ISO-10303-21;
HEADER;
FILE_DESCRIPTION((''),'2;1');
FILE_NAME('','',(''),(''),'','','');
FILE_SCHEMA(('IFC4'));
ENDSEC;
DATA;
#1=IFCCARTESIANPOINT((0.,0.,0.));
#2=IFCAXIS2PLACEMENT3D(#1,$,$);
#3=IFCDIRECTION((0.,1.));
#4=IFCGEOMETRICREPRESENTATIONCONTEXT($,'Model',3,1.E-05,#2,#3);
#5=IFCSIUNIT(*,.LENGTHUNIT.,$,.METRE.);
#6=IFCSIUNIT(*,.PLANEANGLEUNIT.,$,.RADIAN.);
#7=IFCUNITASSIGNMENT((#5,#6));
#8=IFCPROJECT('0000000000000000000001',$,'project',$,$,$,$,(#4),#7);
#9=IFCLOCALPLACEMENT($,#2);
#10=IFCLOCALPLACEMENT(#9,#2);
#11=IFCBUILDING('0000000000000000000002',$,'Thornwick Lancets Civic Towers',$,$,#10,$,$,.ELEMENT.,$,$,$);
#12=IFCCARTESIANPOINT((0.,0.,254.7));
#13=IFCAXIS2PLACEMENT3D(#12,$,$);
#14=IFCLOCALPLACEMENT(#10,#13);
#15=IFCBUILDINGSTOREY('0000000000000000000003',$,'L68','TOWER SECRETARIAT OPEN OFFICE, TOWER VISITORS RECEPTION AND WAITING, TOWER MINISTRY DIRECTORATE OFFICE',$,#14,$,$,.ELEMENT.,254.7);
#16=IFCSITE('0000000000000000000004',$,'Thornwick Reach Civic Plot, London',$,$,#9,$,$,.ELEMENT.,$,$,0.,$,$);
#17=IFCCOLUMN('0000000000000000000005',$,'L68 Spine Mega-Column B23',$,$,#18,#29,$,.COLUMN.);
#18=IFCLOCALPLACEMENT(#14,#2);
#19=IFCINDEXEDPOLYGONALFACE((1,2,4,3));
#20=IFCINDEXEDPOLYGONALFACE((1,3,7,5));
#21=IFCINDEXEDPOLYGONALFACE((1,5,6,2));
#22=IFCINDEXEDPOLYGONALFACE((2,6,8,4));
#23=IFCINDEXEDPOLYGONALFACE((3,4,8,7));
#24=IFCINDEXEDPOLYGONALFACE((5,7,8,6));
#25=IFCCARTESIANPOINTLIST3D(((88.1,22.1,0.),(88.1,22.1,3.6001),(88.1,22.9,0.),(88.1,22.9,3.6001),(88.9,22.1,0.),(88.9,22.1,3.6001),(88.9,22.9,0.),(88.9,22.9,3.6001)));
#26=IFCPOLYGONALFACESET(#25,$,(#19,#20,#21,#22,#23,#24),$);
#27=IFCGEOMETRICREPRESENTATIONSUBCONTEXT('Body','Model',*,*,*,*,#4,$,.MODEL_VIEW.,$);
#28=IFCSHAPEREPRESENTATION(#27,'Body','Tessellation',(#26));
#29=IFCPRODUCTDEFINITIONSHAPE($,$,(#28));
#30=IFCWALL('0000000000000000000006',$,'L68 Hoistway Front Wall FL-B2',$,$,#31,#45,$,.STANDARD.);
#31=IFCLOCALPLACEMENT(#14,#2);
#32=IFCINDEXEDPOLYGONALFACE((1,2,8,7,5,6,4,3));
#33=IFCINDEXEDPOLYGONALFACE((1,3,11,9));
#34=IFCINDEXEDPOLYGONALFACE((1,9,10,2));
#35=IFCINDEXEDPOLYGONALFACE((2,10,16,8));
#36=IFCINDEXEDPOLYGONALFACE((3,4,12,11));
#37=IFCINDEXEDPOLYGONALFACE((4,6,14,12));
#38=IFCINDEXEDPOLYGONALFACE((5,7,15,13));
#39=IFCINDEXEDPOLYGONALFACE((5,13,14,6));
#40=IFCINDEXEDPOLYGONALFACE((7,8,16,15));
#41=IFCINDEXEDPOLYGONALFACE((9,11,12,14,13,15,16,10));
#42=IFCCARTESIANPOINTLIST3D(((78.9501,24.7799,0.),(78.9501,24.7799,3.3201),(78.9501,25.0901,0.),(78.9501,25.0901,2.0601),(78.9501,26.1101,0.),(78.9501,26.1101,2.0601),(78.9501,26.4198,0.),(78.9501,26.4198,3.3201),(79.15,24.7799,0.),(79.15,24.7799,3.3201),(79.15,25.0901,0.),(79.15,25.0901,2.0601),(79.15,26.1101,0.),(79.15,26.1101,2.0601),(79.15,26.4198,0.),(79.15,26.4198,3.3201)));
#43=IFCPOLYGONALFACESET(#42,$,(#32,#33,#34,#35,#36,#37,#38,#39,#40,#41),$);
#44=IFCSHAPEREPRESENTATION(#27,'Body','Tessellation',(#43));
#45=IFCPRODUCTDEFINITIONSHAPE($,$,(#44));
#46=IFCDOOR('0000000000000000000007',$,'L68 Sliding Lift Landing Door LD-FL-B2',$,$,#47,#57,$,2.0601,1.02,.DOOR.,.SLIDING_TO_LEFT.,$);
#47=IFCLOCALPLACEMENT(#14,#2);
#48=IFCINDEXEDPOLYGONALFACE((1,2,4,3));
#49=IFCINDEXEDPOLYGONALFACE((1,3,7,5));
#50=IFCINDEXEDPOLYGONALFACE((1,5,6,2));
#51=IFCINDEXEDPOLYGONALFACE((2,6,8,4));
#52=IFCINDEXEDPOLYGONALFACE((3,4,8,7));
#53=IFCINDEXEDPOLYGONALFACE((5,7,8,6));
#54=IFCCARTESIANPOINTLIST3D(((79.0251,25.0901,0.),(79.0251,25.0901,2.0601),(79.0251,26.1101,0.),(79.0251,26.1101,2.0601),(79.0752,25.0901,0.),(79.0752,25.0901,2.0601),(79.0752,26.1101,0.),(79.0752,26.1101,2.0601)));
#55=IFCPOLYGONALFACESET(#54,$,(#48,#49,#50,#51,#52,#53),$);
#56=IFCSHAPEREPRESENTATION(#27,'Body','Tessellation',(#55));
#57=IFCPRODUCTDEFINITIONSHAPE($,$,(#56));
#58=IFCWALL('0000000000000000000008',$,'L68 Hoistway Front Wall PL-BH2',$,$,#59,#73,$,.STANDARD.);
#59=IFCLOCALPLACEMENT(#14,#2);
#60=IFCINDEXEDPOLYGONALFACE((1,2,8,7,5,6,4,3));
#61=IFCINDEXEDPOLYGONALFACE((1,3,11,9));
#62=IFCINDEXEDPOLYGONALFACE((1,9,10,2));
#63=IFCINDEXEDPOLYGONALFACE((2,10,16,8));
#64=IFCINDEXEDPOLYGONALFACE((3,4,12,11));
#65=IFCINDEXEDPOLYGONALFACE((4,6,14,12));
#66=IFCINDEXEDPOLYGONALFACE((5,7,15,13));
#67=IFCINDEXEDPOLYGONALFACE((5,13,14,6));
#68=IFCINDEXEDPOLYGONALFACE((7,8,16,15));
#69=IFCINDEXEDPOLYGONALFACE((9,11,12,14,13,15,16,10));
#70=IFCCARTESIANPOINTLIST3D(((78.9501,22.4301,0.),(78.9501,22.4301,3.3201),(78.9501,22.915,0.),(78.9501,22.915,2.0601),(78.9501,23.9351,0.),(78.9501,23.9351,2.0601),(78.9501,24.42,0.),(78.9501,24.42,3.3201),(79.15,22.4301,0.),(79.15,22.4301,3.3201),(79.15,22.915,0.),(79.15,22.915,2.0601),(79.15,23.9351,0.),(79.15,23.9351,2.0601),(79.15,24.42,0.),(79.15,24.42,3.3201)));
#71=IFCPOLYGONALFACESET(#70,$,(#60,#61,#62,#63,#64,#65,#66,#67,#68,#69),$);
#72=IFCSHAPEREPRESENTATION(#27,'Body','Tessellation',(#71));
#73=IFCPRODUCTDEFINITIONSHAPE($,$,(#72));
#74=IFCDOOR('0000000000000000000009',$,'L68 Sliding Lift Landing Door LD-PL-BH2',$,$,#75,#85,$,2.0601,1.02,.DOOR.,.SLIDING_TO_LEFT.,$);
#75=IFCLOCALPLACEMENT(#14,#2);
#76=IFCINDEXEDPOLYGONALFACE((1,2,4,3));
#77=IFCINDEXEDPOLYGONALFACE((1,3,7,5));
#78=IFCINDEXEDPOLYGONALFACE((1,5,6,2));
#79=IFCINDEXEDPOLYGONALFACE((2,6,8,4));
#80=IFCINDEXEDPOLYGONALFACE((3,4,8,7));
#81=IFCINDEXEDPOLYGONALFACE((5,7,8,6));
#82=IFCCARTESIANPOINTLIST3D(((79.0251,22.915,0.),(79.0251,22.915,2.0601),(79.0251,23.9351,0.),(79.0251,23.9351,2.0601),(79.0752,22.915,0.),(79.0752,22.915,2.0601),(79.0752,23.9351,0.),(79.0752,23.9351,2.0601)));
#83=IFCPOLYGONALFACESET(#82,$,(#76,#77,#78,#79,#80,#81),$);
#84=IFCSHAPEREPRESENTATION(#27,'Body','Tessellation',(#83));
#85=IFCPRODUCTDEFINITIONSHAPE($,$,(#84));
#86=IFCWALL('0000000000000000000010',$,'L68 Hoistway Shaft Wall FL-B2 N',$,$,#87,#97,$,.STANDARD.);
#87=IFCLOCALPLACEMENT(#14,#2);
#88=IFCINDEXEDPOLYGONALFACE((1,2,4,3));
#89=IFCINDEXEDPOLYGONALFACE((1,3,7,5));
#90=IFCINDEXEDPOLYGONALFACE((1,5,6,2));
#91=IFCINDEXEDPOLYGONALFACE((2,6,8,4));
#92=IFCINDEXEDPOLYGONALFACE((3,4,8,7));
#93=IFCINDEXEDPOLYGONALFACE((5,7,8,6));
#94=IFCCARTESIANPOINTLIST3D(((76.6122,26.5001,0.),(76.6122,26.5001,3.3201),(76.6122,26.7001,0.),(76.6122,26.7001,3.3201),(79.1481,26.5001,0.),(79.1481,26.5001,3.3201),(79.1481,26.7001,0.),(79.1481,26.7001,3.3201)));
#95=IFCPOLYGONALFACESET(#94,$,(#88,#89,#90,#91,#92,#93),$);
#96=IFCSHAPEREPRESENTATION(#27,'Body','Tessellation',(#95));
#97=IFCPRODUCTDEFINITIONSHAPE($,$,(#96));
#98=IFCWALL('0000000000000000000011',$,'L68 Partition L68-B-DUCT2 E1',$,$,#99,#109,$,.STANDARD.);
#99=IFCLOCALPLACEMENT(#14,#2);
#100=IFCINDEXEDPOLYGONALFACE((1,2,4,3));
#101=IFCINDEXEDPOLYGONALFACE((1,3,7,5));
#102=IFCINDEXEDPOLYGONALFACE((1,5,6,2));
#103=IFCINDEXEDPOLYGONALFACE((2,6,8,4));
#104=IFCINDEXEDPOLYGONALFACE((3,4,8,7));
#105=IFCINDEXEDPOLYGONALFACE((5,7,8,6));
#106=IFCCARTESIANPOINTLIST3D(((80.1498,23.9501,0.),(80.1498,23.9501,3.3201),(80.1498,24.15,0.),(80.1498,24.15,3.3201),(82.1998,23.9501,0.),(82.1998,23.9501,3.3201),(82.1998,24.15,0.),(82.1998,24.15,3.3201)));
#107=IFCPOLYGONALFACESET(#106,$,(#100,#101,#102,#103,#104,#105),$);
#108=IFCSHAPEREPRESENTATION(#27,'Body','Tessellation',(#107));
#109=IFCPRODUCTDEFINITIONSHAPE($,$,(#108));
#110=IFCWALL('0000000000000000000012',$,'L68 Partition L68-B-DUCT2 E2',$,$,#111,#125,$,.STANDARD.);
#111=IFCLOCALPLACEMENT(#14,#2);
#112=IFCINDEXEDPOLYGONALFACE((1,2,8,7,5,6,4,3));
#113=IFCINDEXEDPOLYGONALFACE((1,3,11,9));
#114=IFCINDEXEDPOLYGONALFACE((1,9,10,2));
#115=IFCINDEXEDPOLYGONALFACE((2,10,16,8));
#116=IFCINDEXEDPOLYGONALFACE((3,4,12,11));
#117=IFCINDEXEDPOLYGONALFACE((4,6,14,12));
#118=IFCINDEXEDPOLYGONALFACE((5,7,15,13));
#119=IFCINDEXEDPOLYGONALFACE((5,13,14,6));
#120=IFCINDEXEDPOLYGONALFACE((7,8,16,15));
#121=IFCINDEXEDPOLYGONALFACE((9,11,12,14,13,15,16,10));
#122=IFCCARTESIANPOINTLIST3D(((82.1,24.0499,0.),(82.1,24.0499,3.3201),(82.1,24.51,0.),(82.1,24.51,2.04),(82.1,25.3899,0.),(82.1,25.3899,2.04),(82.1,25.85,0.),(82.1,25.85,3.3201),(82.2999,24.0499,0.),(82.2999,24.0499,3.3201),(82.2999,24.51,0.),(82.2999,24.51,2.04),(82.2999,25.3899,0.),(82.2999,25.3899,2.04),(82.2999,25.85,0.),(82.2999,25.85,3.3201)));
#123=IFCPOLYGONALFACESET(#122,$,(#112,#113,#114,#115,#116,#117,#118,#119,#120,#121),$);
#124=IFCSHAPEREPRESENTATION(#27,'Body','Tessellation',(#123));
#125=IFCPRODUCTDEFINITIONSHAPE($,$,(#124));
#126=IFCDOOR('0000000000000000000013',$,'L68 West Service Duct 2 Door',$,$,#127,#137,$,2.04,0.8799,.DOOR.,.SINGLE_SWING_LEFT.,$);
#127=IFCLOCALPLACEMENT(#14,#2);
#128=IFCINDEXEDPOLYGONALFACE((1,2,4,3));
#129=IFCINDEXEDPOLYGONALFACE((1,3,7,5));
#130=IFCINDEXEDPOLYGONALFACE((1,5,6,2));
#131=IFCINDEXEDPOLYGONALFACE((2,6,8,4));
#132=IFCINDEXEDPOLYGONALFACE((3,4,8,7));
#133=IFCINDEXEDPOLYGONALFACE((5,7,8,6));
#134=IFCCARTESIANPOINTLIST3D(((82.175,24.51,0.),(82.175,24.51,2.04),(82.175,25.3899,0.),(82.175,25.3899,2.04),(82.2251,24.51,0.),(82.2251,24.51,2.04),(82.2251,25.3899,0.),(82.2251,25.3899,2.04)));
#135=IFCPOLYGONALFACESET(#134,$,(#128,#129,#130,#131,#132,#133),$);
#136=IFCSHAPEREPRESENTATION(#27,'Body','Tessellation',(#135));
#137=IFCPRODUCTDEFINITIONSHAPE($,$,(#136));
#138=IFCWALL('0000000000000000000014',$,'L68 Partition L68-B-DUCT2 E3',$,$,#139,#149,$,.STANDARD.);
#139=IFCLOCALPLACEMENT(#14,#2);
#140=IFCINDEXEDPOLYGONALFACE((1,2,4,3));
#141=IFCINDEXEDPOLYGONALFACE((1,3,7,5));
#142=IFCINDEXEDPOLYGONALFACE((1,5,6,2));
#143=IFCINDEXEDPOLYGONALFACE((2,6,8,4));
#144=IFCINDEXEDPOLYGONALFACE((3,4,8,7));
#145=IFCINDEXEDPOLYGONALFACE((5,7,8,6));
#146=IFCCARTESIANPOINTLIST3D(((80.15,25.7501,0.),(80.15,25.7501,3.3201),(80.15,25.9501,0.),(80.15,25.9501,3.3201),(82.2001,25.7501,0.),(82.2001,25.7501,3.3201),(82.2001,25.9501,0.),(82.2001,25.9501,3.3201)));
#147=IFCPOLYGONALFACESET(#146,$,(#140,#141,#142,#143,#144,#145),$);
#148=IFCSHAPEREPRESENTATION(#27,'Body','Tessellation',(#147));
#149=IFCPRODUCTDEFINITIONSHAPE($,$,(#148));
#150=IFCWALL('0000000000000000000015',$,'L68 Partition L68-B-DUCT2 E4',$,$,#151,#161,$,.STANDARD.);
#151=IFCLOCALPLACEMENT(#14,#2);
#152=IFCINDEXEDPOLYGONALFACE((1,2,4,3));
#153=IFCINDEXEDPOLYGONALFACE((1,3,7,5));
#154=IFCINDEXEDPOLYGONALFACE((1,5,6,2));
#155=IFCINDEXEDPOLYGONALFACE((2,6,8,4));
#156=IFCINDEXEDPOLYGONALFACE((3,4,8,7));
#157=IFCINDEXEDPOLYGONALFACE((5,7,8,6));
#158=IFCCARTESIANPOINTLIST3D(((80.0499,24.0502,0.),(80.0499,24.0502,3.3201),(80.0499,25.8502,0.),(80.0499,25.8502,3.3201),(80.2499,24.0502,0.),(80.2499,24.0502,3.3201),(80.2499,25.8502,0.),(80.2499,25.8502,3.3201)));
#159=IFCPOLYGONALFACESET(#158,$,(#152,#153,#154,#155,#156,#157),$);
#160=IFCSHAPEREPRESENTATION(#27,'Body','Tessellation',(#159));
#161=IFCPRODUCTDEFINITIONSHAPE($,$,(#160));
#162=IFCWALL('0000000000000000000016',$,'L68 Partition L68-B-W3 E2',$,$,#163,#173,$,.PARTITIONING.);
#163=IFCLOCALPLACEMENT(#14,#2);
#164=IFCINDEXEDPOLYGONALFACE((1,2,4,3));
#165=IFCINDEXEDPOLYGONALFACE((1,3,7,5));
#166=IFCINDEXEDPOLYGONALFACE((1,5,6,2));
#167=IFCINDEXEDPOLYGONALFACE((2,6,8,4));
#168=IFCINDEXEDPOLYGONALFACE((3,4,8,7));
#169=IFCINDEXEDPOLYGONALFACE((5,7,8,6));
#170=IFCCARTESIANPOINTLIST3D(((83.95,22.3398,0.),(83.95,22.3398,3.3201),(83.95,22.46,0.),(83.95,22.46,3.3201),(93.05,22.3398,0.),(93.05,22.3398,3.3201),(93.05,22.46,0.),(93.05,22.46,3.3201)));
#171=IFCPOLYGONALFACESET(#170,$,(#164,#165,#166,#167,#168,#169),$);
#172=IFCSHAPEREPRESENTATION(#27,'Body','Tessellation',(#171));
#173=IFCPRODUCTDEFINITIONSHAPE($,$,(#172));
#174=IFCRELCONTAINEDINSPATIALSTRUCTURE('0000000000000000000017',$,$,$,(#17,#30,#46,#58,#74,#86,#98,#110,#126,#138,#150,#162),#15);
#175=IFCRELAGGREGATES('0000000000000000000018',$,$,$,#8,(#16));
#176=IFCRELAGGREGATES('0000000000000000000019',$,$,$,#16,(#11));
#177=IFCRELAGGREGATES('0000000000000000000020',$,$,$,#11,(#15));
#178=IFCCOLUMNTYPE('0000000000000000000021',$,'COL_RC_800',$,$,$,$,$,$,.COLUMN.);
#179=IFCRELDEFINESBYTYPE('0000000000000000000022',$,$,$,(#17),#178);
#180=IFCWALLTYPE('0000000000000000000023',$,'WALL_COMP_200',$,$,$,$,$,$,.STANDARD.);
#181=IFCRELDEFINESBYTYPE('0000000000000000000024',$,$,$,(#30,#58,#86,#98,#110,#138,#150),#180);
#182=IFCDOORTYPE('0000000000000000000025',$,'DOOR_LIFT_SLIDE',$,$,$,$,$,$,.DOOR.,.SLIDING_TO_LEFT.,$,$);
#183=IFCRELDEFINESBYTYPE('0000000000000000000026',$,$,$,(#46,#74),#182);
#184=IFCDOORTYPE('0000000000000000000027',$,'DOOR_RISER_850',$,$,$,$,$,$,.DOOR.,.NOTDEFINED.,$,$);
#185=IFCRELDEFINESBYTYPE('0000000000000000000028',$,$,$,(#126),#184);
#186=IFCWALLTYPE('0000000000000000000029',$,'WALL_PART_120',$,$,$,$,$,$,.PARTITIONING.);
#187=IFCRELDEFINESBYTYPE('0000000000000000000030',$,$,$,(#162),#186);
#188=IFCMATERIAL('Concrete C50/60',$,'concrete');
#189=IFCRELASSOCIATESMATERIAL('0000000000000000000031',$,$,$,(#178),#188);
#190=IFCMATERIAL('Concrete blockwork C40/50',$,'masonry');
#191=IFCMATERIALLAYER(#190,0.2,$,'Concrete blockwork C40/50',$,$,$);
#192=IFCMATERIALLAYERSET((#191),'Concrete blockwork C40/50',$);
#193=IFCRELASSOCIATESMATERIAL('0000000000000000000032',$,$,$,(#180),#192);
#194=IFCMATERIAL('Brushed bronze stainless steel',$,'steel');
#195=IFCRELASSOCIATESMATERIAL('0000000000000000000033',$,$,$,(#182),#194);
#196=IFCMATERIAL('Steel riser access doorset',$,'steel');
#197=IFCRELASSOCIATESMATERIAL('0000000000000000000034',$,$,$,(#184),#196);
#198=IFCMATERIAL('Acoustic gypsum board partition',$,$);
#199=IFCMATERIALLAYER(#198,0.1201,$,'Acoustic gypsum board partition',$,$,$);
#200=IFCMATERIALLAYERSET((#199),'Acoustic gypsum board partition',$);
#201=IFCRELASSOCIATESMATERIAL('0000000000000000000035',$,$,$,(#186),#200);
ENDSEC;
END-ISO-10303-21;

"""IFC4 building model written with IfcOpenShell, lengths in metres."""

from ifc_helpers import new_model, si_unit, direction, frame, frame_2d, origin, origin_2d, place, context, subcontext, project, spatial, rectangle, extrude, material, layer, layer_set, material_profile, profile_set, type_object, element, fill, save


model = new_model("IFC4")

# Units and contexts
model_context = context("Model", 3, precision=1e-05, world=origin(), true_north=direction((0.0, 1.0)))
body_context = subcontext(model_context, "Body", "Model", "MODEL_VIEW")
ifc_project = project(units=[si_unit("LENGTHUNIT", "METRE"), si_unit("PLANEANGLEUNIT", "RADIAN")], contexts=[model_context])

# Site, building, storey
site_placement = place(None, origin())
site = spatial("IfcSite", under=ifc_project, at=site_placement, Name="Thornwick Reach Civic Plot, London", CompositionType="ELEMENT", RefElevation=0.0)
building_placement = place(site_placement, origin())
building = spatial("IfcBuilding", under=site, at=building_placement, Name="Thornwick Lancets Civic Towers", CompositionType="ELEMENT")
storey_placement = place(building_placement, frame((0.0, 0.0, 254.7)))
storey = spatial("IfcBuildingStorey", under=building, at=storey_placement, Name="L68", Description="TOWER SECRETARIAT OPEN OFFICE, TOWER VISITORS RECEPTION AND WAITING, TOWER MINISTRY DIRECTORATE OFFICE", CompositionType="ELEMENT", Elevation=254.7)

# Column
ifc_material_1 = material(Name="Concrete C50/60", Category="concrete")
ifc_material_profile = material_profile(ifc_material_1, rectangle(XDim=0.8, YDim=0.8, at=origin_2d()), Name="RC 800x800")
ifc_profile_set = profile_set([ifc_material_profile], Name="Concrete C50/60")
column_type = type_object("IfcColumnType", Name="COL_RC_800", PredefinedType="COLUMN", material=ifc_profile_set)
column_placement = place(storey_placement, frame((88.5, 22.5, 0.0), z_axis=(0.0, 0.0, 1.0), x_axis=(1.0, 0.0, 0.0)))
element("IfcColumn", 1, at=column_placement, inside=storey, type_object=column_type, Name="L68 Spine Mega-Column B23", PredefinedType="COLUMN", context=body_context, shape_type="SweptSolid", body=[
    extrude(rectangle(XDim=0.8, YDim=0.8, at=origin_2d()), origin(), (0.0, 0.0, 1.0), 3.6001),
])

# Walls, openings, doors
ifc_material_2 = material(Name="Concrete blockwork C40/50", Category="masonry")
ifc_layer_1 = layer(ifc_material_2, 0.2, Name="Concrete blockwork C40/50")
ifc_layer_set_1 = layer_set([ifc_layer_1], Name="Concrete blockwork C40/50")
wall_type_1 = type_object("IfcWallType", Name="WALL_COMP_200", PredefinedType="STANDARD", material=ifc_layer_set_1)
wall_1_placement = place(storey_placement, frame((79.05, 24.78, 0.0), z_axis=(0.0, 0.0, 1.0), x_axis=(0.0, 1.0, 0.0)))
wall_1 = element("IfcWall", 2, at=wall_1_placement, inside=storey, type_object=wall_type_1, Name="L68 Hoistway Front Wall FL-B2", PredefinedType="STANDARD", context=body_context, shape_type="SweptSolid", body=[
    extrude(rectangle(XDim=1.6399, YDim=0.2, at=frame_2d((0.8198, 0.0))), origin(), (0.0, 0.0, 1.0), 3.3201),
])
opening_1_placement = place(wall_1_placement, frame((0.3101, 0.0, 0.0)))
opening_1 = element("IfcOpeningElement", 3, at=opening_1_placement, cuts=wall_1, PredefinedType="OPENING", context=body_context, shape_type="SweptSolid", body=[
    extrude(rectangle(XDim=1.02, YDim=2.0601, at=frame_2d((0.51, 1.03))), frame((0.0, 0.1099, 0.0), z_axis=(0.0, -1.0, 0.0), x_axis=(1.0, 0.0, 0.0)), (0.0, 0.0, 1.0), 0.22),
])
ifc_material_3 = material(Name="Brushed bronze stainless steel", Category="steel")
door_type_1 = type_object("IfcDoorType", Name="DOOR_LIFT_SLIDE", OperationType="SLIDING_TO_LEFT", PredefinedType="DOOR", material=ifc_material_3)
door_1_placement = place(opening_1_placement, origin())
door_1 = element("IfcDoor", 4, at=door_1_placement, inside=storey, type_object=door_type_1, Name="L68 Sliding Lift Landing Door LD-FL-B2", OperationType="SLIDING_TO_LEFT", OverallHeight=2.0601, OverallWidth=1.02, PredefinedType="DOOR", context=body_context, shape_type="SweptSolid", body=[
    extrude(rectangle(XDim=1.02, YDim=2.0601, at=frame_2d((0.51, 1.03))), frame((0.0, 0.0249, 0.0), z_axis=(0.0, -1.0, 0.0), x_axis=(1.0, 0.0, 0.0)), (0.0, 0.0, 1.0), 0.05),
])
fill(opening_1, door_1)
wall_2_placement = place(storey_placement, frame((79.05, 22.4299, 0.0), z_axis=(0.0, 0.0, 1.0), x_axis=(0.0, 1.0, 0.0)))
wall_2 = element("IfcWall", 5, at=wall_2_placement, inside=storey, type_object=wall_type_1, Name="L68 Hoistway Front Wall PL-BH2", PredefinedType="STANDARD", context=body_context, shape_type="SweptSolid", body=[
    extrude(rectangle(XDim=1.99, YDim=0.2, at=frame_2d((0.9951, 0.0))), origin(), (0.0, 0.0, 1.0), 3.3201),
])
opening_2_placement = place(wall_2_placement, frame((0.4851, 0.0, 0.0)))
opening_2 = element("IfcOpeningElement", 6, at=opening_2_placement, cuts=wall_2, PredefinedType="OPENING", context=body_context, shape_type="SweptSolid", body=[
    extrude(rectangle(XDim=1.02, YDim=2.0601, at=frame_2d((0.51, 1.03))), frame((0.0, 0.1099, 0.0), z_axis=(0.0, -1.0, 0.0), x_axis=(1.0, 0.0, 0.0)), (0.0, 0.0, 1.0), 0.22),
])
door_2_placement = place(opening_2_placement, origin())
door_2 = element("IfcDoor", 7, at=door_2_placement, inside=storey, type_object=door_type_1, Name="L68 Sliding Lift Landing Door LD-PL-BH2", OperationType="SLIDING_TO_LEFT", OverallHeight=2.0601, OverallWidth=1.02, PredefinedType="DOOR", context=body_context, shape_type="SweptSolid", body=[
    extrude(rectangle(XDim=1.02, YDim=2.0601, at=frame_2d((0.51, 1.03))), frame((0.0, 0.0249, 0.0), z_axis=(0.0, -1.0, 0.0), x_axis=(1.0, 0.0, 0.0)), (0.0, 0.0, 1.0), 0.05),
])
fill(opening_2, door_2)

# Walls
wall_3_placement = place(storey_placement, frame((76.6121, 26.6001, 0.0), z_axis=(0.0, 0.0, 1.0), x_axis=(1.0, 0.0, 0.0)))
element("IfcWall", 8, at=wall_3_placement, inside=storey, type_object=wall_type_1, Name="L68 Hoistway Shaft Wall FL-B2 N", PredefinedType="STANDARD", context=body_context, shape_type="SweptSolid", body=[
    extrude(rectangle(XDim=2.5359, YDim=0.2, at=frame_2d((1.2681, 0.0))), origin(), (0.0, 0.0, 1.0), 3.3201),
])
wall_4_placement = place(storey_placement, frame((80.1499, 24.05, 0.0), z_axis=(0.0, 0.0, 1.0), x_axis=(1.0, 0.0, 0.0)))
element("IfcWall", 9, at=wall_4_placement, inside=storey, type_object=wall_type_1, Name="L68 Partition L68-B-DUCT2 E1", PredefinedType="STANDARD", context=body_context, shape_type="SweptSolid", body=[
    extrude(rectangle(XDim=2.05, YDim=0.2, at=frame_2d((1.0249, 0.0))), origin(), (0.0, 0.0, 1.0), 3.3201),
])

# Wall, opening, door
wall_5_placement = place(storey_placement, frame((82.2, 24.05, 0.0), z_axis=(0.0, 0.0, 1.0), x_axis=(0.0, 1.0, 0.0)))
wall_5 = element("IfcWall", 10, at=wall_5_placement, inside=storey, type_object=wall_type_1, Name="L68 Partition L68-B-DUCT2 E2", PredefinedType="STANDARD", context=body_context, shape_type="SweptSolid", body=[
    extrude(rectangle(XDim=1.8, YDim=0.2, at=frame_2d((0.8999, 0.0))), origin(), (0.0, 0.0, 1.0), 3.3201),
])
opening_3_placement = place(wall_5_placement, frame((0.46, 0.0, 0.0)))
opening_3 = element("IfcOpeningElement", 11, at=opening_3_placement, cuts=wall_5, PredefinedType="OPENING", context=body_context, shape_type="SweptSolid", body=[
    extrude(rectangle(XDim=0.8799, YDim=2.04, at=frame_2d((0.4399, 1.02))), frame((0.0, 0.1099, 0.0), z_axis=(0.0, -1.0, 0.0), x_axis=(1.0, 0.0, 0.0)), (0.0, 0.0, 1.0), 0.22),
])
ifc_material_4 = material(Name="Steel riser access doorset", Category="steel")
door_type_2 = type_object("IfcDoorType", Name="DOOR_RISER_850", OperationType="NOTDEFINED", PredefinedType="DOOR", material=ifc_material_4)
door_3_placement = place(opening_3_placement, origin())
door_3 = element("IfcDoor", 12, at=door_3_placement, inside=storey, type_object=door_type_2, Name="L68 West Service Duct 2 Door", OperationType="SINGLE_SWING_LEFT", OverallHeight=2.04, OverallWidth=0.8799, PredefinedType="DOOR", context=body_context, shape_type="SweptSolid", body=[
    extrude(rectangle(XDim=0.8799, YDim=2.04, at=frame_2d((0.4399, 1.02))), frame((0.0, 0.0249, 0.0), z_axis=(0.0, -1.0, 0.0), x_axis=(1.0, 0.0, 0.0)), (0.0, 0.0, 1.0), 0.05),
])
fill(opening_3, door_3)

# Walls
wall_6_placement = place(storey_placement, frame((82.2, 25.8501, 0.0), z_axis=(0.0, 0.0, 1.0), x_axis=(-1.0, 0.0, 0.0)))
element("IfcWall", 13, at=wall_6_placement, inside=storey, type_object=wall_type_1, Name="L68 Partition L68-B-DUCT2 E3", PredefinedType="STANDARD", context=body_context, shape_type="SweptSolid", body=[
    extrude(rectangle(XDim=2.05, YDim=0.2, at=frame_2d((1.0249, 0.0))), origin(), (0.0, 0.0, 1.0), 3.3201),
])
wall_7_placement = place(storey_placement, frame((80.1499, 25.8501, 0.0), z_axis=(0.0, 0.0, 1.0), x_axis=(0.0, -1.0, 0.0)))
element("IfcWall", 14, at=wall_7_placement, inside=storey, type_object=wall_type_1, Name="L68 Partition L68-B-DUCT2 E4", PredefinedType="STANDARD", context=body_context, shape_type="SweptSolid", body=[
    extrude(rectangle(XDim=1.8, YDim=0.2, at=frame_2d((0.8999, 0.0))), origin(), (0.0, 0.0, 1.0), 3.3201),
])
ifc_material_5 = material(Name="Acoustic gypsum board partition")
ifc_layer_2 = layer(ifc_material_5, 0.1201, Name="Acoustic gypsum board partition")
ifc_layer_set_2 = layer_set([ifc_layer_2], Name="Acoustic gypsum board partition")
wall_type_2 = type_object("IfcWallType", Name="WALL_PART_120", PredefinedType="PARTITIONING", material=ifc_layer_set_2)
wall_8_placement = place(storey_placement, frame((83.95, 22.3999, 0.0), z_axis=(0.0, 0.0, 1.0), x_axis=(1.0, 0.0, 0.0)))
element("IfcWall", 15, at=wall_8_placement, inside=storey, type_object=wall_type_2, Name="L68 Partition L68-B-W3 E2", PredefinedType="PARTITIONING", context=body_context, shape_type="SweptSolid", body=[
    extrude(rectangle(XDim=9.1001, YDim=0.1201, at=frame_2d((4.55, 0.0))), origin(), (0.0, 0.0, 1.0), 3.3201),
])

save(model, "model.ifc")
